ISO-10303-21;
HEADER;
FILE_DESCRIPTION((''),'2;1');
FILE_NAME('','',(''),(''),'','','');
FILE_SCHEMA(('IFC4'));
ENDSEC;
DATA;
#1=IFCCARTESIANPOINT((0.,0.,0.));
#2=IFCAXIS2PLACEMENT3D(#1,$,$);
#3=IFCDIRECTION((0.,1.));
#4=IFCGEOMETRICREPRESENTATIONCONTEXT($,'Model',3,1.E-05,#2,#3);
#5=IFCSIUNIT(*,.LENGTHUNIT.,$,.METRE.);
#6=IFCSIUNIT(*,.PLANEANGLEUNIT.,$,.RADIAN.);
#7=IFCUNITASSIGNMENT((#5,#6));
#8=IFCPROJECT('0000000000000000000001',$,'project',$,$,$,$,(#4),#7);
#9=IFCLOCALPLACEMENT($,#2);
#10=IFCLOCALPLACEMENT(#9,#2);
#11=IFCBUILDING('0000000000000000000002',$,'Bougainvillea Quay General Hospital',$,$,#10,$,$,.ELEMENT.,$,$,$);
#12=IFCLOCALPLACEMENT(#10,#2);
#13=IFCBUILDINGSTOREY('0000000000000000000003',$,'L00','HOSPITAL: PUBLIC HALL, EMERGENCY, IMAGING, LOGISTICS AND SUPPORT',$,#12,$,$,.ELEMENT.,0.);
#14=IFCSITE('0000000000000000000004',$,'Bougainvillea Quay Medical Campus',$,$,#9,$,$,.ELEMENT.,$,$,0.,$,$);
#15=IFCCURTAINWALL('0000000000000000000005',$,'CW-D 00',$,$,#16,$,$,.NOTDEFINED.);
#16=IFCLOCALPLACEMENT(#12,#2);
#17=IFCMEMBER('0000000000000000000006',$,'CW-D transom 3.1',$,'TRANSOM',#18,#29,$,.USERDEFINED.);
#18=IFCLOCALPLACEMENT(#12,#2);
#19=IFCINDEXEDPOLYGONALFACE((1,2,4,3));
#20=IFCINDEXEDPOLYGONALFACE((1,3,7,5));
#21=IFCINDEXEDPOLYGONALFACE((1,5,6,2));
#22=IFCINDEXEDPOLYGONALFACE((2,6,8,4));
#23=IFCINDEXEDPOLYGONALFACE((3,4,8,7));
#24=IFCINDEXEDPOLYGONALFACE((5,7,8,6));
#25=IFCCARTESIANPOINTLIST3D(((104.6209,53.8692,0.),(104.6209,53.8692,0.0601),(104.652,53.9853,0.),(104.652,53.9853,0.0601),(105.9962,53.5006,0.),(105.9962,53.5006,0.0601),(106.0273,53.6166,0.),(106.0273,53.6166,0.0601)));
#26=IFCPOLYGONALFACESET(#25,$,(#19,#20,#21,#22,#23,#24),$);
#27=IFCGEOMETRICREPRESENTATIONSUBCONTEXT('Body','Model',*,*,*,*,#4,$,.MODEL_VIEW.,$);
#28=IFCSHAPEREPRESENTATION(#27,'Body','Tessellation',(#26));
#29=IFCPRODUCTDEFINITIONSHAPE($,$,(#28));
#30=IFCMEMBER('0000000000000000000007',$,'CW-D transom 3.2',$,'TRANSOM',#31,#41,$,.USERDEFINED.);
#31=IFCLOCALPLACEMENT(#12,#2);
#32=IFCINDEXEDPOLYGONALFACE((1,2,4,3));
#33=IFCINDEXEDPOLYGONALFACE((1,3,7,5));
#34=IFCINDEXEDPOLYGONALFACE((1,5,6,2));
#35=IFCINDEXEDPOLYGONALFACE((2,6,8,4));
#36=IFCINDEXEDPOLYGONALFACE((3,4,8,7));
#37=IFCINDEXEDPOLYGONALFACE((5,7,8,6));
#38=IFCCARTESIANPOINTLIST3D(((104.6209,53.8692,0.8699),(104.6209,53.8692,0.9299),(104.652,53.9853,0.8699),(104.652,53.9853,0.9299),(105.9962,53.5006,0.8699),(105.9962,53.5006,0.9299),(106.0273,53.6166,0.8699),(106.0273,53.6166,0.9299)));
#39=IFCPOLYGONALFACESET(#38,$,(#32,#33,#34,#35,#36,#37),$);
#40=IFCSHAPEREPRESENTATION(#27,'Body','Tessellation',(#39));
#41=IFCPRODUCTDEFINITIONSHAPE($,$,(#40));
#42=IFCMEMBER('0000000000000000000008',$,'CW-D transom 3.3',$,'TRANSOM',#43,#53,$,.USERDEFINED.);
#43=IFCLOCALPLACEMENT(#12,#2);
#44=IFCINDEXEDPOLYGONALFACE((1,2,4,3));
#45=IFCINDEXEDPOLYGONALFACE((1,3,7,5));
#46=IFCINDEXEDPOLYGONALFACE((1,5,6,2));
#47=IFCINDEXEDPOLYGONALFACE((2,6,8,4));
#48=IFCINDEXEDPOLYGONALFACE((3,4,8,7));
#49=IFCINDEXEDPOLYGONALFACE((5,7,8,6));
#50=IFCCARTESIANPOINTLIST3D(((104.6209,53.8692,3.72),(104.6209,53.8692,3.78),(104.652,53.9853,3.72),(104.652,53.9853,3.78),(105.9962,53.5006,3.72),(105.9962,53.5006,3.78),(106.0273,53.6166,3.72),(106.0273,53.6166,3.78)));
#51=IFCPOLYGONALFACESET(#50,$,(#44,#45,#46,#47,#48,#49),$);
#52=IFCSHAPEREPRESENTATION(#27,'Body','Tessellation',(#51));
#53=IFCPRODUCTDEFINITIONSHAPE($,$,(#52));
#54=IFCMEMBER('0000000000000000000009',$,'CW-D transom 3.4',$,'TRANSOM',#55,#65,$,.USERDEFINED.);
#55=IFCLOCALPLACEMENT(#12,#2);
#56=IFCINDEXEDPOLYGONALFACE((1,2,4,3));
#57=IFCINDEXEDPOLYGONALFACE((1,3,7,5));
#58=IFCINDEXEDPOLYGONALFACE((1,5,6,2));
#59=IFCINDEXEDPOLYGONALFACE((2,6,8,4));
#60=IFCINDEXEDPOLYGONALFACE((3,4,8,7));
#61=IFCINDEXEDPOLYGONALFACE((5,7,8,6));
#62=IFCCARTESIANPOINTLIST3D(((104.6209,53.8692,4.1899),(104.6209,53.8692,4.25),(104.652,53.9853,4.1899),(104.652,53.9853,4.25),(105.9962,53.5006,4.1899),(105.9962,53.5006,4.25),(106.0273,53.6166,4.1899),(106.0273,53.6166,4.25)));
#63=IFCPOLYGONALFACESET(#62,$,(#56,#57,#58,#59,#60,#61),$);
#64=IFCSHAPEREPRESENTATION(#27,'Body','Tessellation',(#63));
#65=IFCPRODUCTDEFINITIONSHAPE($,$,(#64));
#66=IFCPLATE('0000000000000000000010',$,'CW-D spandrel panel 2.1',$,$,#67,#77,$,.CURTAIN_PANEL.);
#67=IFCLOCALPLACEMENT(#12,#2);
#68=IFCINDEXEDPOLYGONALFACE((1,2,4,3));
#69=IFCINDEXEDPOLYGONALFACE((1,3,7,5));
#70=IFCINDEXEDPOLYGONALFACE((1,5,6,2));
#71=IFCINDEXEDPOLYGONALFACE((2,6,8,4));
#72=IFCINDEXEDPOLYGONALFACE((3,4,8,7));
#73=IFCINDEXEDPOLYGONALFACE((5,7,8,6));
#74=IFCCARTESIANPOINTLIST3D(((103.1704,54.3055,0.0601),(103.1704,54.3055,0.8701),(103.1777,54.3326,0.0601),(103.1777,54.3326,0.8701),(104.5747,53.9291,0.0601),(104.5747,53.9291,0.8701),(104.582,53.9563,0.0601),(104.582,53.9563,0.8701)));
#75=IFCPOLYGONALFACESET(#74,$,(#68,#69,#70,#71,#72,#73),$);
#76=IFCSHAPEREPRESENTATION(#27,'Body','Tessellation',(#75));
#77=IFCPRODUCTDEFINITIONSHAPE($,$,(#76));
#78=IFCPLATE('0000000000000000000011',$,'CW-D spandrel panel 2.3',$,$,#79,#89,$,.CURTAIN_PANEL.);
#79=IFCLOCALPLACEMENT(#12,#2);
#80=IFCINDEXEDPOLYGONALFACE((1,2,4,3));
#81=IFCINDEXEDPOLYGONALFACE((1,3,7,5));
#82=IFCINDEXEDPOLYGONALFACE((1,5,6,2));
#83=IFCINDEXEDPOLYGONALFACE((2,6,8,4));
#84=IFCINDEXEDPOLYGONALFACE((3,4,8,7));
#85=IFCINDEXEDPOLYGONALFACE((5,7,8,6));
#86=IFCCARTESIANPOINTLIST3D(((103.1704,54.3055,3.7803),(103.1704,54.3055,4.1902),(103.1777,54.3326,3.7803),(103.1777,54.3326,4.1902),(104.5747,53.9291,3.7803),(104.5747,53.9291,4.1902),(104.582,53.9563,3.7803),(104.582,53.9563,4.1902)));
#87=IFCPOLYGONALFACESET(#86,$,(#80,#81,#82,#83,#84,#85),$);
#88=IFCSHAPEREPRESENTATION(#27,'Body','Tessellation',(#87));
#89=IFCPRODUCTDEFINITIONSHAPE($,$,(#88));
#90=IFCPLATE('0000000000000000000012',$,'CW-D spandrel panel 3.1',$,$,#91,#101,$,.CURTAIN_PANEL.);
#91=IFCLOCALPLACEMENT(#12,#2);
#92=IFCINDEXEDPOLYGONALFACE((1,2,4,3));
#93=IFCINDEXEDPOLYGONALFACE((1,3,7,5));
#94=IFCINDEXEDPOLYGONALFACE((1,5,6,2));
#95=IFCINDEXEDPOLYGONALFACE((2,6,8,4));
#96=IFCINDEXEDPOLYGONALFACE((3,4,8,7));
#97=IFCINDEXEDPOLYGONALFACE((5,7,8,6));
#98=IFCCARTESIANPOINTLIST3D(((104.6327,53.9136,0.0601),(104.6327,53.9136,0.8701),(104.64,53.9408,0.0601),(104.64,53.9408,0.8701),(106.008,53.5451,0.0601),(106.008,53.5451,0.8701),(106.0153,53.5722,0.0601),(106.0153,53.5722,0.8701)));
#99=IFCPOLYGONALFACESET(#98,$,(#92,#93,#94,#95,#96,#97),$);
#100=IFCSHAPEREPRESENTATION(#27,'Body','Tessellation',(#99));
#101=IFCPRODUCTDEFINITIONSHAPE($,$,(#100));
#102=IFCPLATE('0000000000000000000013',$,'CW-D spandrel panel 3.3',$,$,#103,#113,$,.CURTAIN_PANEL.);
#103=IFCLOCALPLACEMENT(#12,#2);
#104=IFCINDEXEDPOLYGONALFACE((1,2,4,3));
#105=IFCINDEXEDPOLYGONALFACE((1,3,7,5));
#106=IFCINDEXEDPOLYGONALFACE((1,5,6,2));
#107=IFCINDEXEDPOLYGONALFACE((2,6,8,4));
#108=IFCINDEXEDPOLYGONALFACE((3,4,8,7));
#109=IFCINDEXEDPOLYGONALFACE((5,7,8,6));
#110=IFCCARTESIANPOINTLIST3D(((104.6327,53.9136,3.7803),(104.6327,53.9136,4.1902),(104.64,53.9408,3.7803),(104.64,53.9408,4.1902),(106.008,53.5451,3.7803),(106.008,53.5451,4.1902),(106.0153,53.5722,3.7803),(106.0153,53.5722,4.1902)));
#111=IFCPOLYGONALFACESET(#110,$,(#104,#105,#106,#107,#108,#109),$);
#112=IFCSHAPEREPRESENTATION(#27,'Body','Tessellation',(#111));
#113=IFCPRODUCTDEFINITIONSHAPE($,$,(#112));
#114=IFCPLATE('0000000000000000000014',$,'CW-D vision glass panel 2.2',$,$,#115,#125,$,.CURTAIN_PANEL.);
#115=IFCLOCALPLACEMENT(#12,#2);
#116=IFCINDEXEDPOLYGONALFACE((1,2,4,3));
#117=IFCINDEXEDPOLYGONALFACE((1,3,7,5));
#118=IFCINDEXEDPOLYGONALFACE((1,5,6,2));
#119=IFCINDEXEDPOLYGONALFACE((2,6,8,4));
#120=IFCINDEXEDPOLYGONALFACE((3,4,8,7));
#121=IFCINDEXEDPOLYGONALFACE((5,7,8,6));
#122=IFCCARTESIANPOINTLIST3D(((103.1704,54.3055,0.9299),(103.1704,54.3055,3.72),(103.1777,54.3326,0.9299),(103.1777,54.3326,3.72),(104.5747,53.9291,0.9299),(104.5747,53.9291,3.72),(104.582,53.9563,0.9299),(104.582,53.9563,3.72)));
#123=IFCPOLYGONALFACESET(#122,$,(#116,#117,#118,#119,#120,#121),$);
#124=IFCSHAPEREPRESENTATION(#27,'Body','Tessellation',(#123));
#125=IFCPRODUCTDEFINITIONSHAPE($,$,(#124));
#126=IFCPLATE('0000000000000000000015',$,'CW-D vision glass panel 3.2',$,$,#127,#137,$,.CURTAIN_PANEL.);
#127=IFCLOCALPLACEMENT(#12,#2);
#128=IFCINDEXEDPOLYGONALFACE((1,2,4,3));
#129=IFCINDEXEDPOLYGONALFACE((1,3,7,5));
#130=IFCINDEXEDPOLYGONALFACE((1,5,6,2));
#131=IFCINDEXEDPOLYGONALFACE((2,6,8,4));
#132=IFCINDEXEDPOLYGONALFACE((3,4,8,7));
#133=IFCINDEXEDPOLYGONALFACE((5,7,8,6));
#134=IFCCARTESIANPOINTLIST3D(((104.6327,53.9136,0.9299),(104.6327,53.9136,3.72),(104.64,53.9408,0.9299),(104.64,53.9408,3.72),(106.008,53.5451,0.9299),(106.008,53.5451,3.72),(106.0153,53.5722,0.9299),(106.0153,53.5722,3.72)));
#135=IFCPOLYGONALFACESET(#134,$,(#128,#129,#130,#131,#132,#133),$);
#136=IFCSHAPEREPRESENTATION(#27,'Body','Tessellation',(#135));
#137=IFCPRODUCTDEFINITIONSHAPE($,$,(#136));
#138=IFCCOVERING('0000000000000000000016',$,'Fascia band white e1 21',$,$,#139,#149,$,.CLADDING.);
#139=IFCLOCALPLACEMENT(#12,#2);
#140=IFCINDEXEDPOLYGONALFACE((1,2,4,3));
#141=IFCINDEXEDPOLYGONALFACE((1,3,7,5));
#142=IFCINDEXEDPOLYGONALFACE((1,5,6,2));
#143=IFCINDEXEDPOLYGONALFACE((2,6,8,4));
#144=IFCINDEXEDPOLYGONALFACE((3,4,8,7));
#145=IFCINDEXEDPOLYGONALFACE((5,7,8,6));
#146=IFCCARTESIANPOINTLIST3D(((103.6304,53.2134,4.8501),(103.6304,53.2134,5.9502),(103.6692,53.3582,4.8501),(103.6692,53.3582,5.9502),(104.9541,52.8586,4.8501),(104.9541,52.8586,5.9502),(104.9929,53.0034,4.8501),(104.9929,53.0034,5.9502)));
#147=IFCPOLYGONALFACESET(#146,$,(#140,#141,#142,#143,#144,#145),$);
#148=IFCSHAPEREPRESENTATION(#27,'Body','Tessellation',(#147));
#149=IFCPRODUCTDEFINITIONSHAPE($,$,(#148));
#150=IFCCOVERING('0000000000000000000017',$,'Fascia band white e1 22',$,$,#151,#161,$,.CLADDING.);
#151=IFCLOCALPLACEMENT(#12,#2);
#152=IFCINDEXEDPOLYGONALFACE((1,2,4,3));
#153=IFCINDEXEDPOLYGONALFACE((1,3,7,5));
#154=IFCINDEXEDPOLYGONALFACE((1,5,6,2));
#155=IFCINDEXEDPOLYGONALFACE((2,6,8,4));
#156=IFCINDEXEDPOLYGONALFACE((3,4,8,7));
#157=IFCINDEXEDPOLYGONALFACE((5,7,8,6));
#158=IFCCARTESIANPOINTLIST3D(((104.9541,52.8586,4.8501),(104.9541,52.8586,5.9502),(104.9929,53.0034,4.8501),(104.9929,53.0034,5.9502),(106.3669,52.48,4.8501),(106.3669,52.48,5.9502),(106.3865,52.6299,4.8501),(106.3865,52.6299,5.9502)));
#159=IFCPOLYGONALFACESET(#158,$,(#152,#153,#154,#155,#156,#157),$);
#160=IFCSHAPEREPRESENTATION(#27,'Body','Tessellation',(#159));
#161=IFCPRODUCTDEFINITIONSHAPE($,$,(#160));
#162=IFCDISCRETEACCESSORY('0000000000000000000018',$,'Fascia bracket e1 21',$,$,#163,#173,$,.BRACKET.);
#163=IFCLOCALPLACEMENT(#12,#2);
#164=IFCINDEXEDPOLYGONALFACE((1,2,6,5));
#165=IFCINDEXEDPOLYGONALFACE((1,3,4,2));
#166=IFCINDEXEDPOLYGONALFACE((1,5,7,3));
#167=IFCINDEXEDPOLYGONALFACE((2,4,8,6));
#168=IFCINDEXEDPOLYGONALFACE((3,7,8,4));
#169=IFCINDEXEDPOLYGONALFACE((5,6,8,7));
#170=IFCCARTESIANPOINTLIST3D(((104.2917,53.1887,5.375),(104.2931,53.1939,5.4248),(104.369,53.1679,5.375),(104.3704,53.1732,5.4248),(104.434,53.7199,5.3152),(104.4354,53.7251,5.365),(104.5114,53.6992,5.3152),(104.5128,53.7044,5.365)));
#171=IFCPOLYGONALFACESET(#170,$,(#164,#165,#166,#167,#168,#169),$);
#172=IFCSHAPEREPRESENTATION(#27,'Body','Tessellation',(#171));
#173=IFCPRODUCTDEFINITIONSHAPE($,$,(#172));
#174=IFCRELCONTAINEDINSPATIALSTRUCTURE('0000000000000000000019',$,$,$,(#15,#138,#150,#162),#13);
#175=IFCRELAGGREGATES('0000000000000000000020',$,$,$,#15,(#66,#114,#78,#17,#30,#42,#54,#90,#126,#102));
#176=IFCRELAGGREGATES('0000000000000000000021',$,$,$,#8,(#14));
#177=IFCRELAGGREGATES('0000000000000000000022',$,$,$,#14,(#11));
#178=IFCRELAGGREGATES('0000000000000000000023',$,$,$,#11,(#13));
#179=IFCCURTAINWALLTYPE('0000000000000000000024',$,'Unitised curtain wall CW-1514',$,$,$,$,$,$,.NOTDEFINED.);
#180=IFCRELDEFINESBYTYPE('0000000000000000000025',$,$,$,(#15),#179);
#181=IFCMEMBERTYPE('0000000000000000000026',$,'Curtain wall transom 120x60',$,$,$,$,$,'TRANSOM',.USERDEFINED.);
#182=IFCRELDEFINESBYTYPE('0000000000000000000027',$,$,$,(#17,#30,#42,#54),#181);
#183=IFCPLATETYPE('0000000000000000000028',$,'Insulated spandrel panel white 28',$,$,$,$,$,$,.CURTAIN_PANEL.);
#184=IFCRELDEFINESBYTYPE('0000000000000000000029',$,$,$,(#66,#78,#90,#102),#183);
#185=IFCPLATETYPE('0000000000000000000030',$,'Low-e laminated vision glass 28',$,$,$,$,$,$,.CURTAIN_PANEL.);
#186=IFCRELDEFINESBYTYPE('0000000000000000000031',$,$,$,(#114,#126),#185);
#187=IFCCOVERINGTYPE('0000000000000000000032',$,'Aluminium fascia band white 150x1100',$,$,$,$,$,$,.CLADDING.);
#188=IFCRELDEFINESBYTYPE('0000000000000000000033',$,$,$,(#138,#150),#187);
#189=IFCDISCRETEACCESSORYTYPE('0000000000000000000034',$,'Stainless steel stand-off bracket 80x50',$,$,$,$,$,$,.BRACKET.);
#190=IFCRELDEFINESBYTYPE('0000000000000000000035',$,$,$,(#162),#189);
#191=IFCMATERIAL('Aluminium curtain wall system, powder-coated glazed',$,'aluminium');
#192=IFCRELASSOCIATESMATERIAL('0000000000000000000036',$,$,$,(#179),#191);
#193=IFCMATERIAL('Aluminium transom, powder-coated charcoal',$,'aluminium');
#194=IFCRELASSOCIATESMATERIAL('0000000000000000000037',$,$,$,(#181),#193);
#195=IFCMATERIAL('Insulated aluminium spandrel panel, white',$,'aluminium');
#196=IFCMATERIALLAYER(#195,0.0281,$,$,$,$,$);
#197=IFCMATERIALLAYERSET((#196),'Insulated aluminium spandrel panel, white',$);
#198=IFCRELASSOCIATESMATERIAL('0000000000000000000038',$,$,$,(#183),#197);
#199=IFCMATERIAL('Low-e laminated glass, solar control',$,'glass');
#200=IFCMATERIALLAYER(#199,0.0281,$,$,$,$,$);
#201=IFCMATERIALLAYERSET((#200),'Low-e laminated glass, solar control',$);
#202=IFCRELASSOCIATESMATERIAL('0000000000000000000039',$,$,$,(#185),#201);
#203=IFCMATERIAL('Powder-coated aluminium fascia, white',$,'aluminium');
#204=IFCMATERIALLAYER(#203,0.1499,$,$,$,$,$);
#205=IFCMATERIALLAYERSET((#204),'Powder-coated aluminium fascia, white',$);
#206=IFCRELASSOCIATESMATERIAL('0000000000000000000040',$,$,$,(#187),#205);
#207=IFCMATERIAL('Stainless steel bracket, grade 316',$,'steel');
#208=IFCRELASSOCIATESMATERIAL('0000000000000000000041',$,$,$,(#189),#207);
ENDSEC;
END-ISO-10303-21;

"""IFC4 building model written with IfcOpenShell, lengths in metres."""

from ifc_helpers import new_model, si_unit, direction, frame, origin, origin_2d, place, context, subcontext, project, spatial, polyline, rectangle, outline, extrude, material, layer, layer_set, material_profile, profile_set, type_object, element, aggregate, save


model = new_model("IFC4")

# Units and contexts
model_context = context("Model", 3, precision=1e-05, world=origin(), true_north=direction((0.0, 1.0)))
body_context = subcontext(model_context, "Body", "Model", "MODEL_VIEW")
ifc_project = project(units=[si_unit("LENGTHUNIT", "METRE"), si_unit("PLANEANGLEUNIT", "RADIAN")], contexts=[model_context])

# Site, building, storey
site_placement = place(None, origin())
site = spatial("IfcSite", under=ifc_project, at=site_placement, Name="Bougainvillea Quay Medical Campus", CompositionType="ELEMENT", RefElevation=0.0)
building_placement = place(site_placement, origin())
building = spatial("IfcBuilding", under=site, at=building_placement, Name="Bougainvillea Quay General Hospital", CompositionType="ELEMENT")
storey_placement = place(building_placement, origin())
storey = spatial("IfcBuildingStorey", under=building, at=storey_placement, Name="L00", Description="HOSPITAL: PUBLIC HALL, EMERGENCY, IMAGING, LOGISTICS AND SUPPORT", CompositionType="ELEMENT", Elevation=0.0)

# Curtain wall, members, plates
ifc_material_1 = material(Name="Aluminium curtain wall system, powder-coated glazed", Category="aluminium")
curtain_wall_type = type_object("IfcCurtainWallType", Name="Unitised curtain wall CW-1514", PredefinedType="NOTDEFINED", material=ifc_material_1)
curtain_wall_placement = place(storey_placement, origin())
curtain_wall = element("IfcCurtainWall", 1, at=curtain_wall_placement, inside=storey, type_object=curtain_wall_type, Name="CW-D 00", PredefinedType="NOTDEFINED")
ifc_material_2 = material(Name="Aluminium transom, powder-coated charcoal", Category="aluminium")
ifc_material_profile_1 = material_profile(ifc_material_2, rectangle(XDim=0.1201, YDim=0.0601, at=origin_2d()))
ifc_profile_set_1 = profile_set([ifc_material_profile_1], Name="Aluminium transom, powder-coated charcoal")
member_type_1 = type_object("IfcMemberType", Name="Curtain wall transom 120x60", ElementType="TRANSOM", PredefinedType="USERDEFINED", material=ifc_profile_set_1)
member_1_placement = place(storey_placement, frame((104.6365, 53.9272, 0.03), z_axis=(0.965898, -0.258922, 0.0), x_axis=(0.258922, 0.965898, 0.0)))
member_1 = element("IfcMember", 2, at=member_1_placement, type_object=member_type_1, Name="CW-D transom 3.1", ObjectType="TRANSOM", PredefinedType="USERDEFINED", context=body_context, shape_type="SweptSolid", body=[
    extrude(rectangle(XDim=0.1201, YDim=0.0601, at=origin_2d()), origin(), (0.0, 0.0, 1.0), 1.4238),
])
member_2_placement = place(storey_placement, frame((104.6365, 53.9272, 0.8999), z_axis=(0.965898, -0.258922, 0.0), x_axis=(0.258922, 0.965898, 0.0)))
member_2 = element("IfcMember", 3, at=member_2_placement, type_object=member_type_1, Name="CW-D transom 3.2", ObjectType="TRANSOM", PredefinedType="USERDEFINED", context=body_context, shape_type="SweptSolid", body=[
    extrude(rectangle(XDim=0.1201, YDim=0.0601, at=origin_2d()), origin(), (0.0, 0.0, 1.0), 1.4238),
])
member_3_placement = place(storey_placement, frame((104.6365, 53.9272, 3.75), z_axis=(0.965898, -0.258922, 0.0), x_axis=(0.258922, 0.965898, 0.0)))
member_3 = element("IfcMember", 4, at=member_3_placement, type_object=member_type_1, Name="CW-D transom 3.3", ObjectType="TRANSOM", PredefinedType="USERDEFINED", context=body_context, shape_type="SweptSolid", body=[
    extrude(rectangle(XDim=0.1201, YDim=0.0601, at=origin_2d()), origin(), (0.0, 0.0, 1.0), 1.4238),
])
member_4_placement = place(storey_placement, frame((104.6365, 53.9272, 4.22), z_axis=(0.965898, -0.258922, 0.0), x_axis=(0.258922, 0.965898, 0.0)))
member_4 = element("IfcMember", 5, at=member_4_placement, type_object=member_type_1, Name="CW-D transom 3.4", ObjectType="TRANSOM", PredefinedType="USERDEFINED", context=body_context, shape_type="SweptSolid", body=[
    extrude(rectangle(XDim=0.1201, YDim=0.0601, at=origin_2d()), origin(), (0.0, 0.0, 1.0), 1.4238),
])
ifc_material_3 = material(Name="Insulated aluminium spandrel panel, white", Category="aluminium")
ifc_layer_1 = layer(ifc_material_3, 0.0281)
ifc_layer_set_1 = layer_set([ifc_layer_1], Name="Insulated aluminium spandrel panel, white")
plate_type_1 = type_object("IfcPlateType", Name="Insulated spandrel panel white 28", PredefinedType="CURTAIN_PANEL", material=ifc_layer_set_1)
plate_1_placement = place(storey_placement, frame((103.8762, 54.1309, 0.0601), z_axis=(0.0, 0.0, 1.0), x_axis=(0.965916, -0.258855, 0.0)))
plate_1 = element("IfcPlate", 6, at=plate_1_placement, type_object=plate_type_1, Name="CW-D spandrel panel 2.1", PredefinedType="CURTAIN_PANEL", context=body_context, shape_type="SweptSolid", body=[
    extrude(rectangle(XDim=1.4539, YDim=0.0281, at=origin_2d()), origin(), (0.0, 0.0, 1.0), 0.8101),
])
plate_2_placement = place(storey_placement, frame((103.8762, 54.1309, 3.7803), z_axis=(0.0, 0.0, 1.0), x_axis=(0.965916, -0.258855, 0.0)))
plate_2 = element("IfcPlate", 7, at=plate_2_placement, type_object=plate_type_1, Name="CW-D spandrel panel 2.3", PredefinedType="CURTAIN_PANEL", context=body_context, shape_type="SweptSolid", body=[
    extrude(rectangle(XDim=1.4539, YDim=0.0281, at=origin_2d()), origin(), (0.0, 0.0, 1.0), 0.4099),
])
plate_3_placement = place(storey_placement, frame((105.324, 53.7429, 0.0601), z_axis=(0.0, 0.0, 1.0), x_axis=(0.965916, -0.258855, 0.0)))
plate_3 = element("IfcPlate", 8, at=plate_3_placement, type_object=plate_type_1, Name="CW-D spandrel panel 3.1", PredefinedType="CURTAIN_PANEL", context=body_context, shape_type="SweptSolid", body=[
    extrude(rectangle(XDim=1.4238, YDim=0.0281, at=origin_2d()), origin(), (0.0, 0.0, 1.0), 0.8101),
])
plate_4_placement = place(storey_placement, frame((105.324, 53.7429, 3.7803), z_axis=(0.0, 0.0, 1.0), x_axis=(0.965916, -0.258855, 0.0)))
plate_4 = element("IfcPlate", 9, at=plate_4_placement, type_object=plate_type_1, Name="CW-D spandrel panel 3.3", PredefinedType="CURTAIN_PANEL", context=body_context, shape_type="SweptSolid", body=[
    extrude(rectangle(XDim=1.4238, YDim=0.0281, at=origin_2d()), origin(), (0.0, 0.0, 1.0), 0.4099),
])
ifc_material_4 = material(Name="Low-e laminated glass, solar control", Category="glass")
ifc_layer_2 = layer(ifc_material_4, 0.0281)
ifc_layer_set_2 = layer_set([ifc_layer_2], Name="Low-e laminated glass, solar control")
plate_type_2 = type_object("IfcPlateType", Name="Low-e laminated vision glass 28", PredefinedType="CURTAIN_PANEL", material=ifc_layer_set_2)
plate_5_placement = place(storey_placement, frame((103.8762, 54.1309, 0.9299), z_axis=(0.0, 0.0, 1.0), x_axis=(0.965916, -0.258855, 0.0)))
plate_5 = element("IfcPlate", 10, at=plate_5_placement, type_object=plate_type_2, Name="CW-D vision glass panel 2.2", PredefinedType="CURTAIN_PANEL", context=body_context, shape_type="SweptSolid", body=[
    extrude(rectangle(XDim=1.4539, YDim=0.0281, at=origin_2d()), origin(), (0.0, 0.0, 1.0), 2.79),
])
plate_6_placement = place(storey_placement, frame((105.324, 53.7429, 0.9299), z_axis=(0.0, 0.0, 1.0), x_axis=(0.965916, -0.258855, 0.0)))
plate_6 = element("IfcPlate", 11, at=plate_6_placement, type_object=plate_type_2, Name="CW-D vision glass panel 3.2", PredefinedType="CURTAIN_PANEL", context=body_context, shape_type="SweptSolid", body=[
    extrude(rectangle(XDim=1.4238, YDim=0.0281, at=origin_2d()), origin(), (0.0, 0.0, 1.0), 2.79),
])
aggregate(curtain_wall, [plate_1, plate_5, plate_2, member_1, member_2, member_3, member_4, plate_3, plate_6, plate_4])

# Coverings
ifc_material_5 = material(Name="Powder-coated aluminium fascia, white", Category="aluminium")
ifc_layer_3 = layer(ifc_material_5, 0.1499)
ifc_layer_set_3 = layer_set([ifc_layer_3], Name="Powder-coated aluminium fascia, white")
covering_type = type_object("IfcCoveringType", Name="Aluminium fascia band white 150x1100", PredefinedType="CLADDING", material=ifc_layer_set_3)
covering_1_placement = place(storey_placement, frame((103.6692, 53.3582, 4.8501), z_axis=(0.0, 0.0, 1.0), x_axis=(0.965918, -0.258849, 0.0)))
element("IfcCovering", 12, at=covering_1_placement, inside=storey, type_object=covering_type, Name="Fascia band white e1 21", PredefinedType="CLADDING", context=body_context, shape_type="SweptSolid", body=[
    extrude(outline(polyline([(0.0, 0.0), (1.3704, 0.0), (1.3704, -0.1499), (0.0, -0.1499), (0.0, 0.0)])), origin(), (0.0, 0.0, 1.0), 1.1001),
])
covering_2_placement = place(storey_placement, frame((104.9929, 53.0034, 4.8501), z_axis=(0.0, 0.0, 1.0), x_axis=(0.965903, -0.258905, 0.0)))
element("IfcCovering", 13, at=covering_2_placement, inside=storey, type_object=covering_type, Name="Fascia band white e1 22", PredefinedType="CLADDING", context=body_context, shape_type="SweptSolid", body=[
    extrude(outline(polyline([(0.0, 0.0), (1.4427, 0.0), (1.4627, -0.1498), (0.0, -0.1499), (0.0, 0.0)])), origin(), (0.0, 0.0, 1.0), 1.1001),
])

# Discrete accessory
ifc_material_6 = material(Name="Stainless steel bracket, grade 316", Category="steel")
ifc_material_profile_2 = material_profile(ifc_material_6, rectangle(XDim=0.0801, YDim=0.05, at=origin_2d()))
ifc_profile_set_2 = profile_set([ifc_material_profile_2], Name="Stainless steel bracket, grade 316")
discrete_accessory_type = type_object("IfcDiscreteAccessoryType", Name="Stainless steel stand-off bracket 80x50", PredefinedType="BRACKET", material=ifc_profile_set_2)
discrete_accessory_placement = place(storey_placement, frame((104.4734, 53.7122, 5.3401), z_axis=(-0.257278, -0.96027, 0.108119), x_axis=(0.965932, -0.258795, 0.0)))
element("IfcDiscreteAccessory", 14, at=discrete_accessory_placement, inside=storey, type_object=discrete_accessory_type, Name="Fascia bracket e1 21", PredefinedType="BRACKET", context=body_context, shape_type="SweptSolid", body=[
    extrude(rectangle(XDim=0.0801, YDim=0.05, at=origin_2d()), origin(), (0.0, 0.0, 1.0), 0.5532),
])

save(model, "model.ifc")
